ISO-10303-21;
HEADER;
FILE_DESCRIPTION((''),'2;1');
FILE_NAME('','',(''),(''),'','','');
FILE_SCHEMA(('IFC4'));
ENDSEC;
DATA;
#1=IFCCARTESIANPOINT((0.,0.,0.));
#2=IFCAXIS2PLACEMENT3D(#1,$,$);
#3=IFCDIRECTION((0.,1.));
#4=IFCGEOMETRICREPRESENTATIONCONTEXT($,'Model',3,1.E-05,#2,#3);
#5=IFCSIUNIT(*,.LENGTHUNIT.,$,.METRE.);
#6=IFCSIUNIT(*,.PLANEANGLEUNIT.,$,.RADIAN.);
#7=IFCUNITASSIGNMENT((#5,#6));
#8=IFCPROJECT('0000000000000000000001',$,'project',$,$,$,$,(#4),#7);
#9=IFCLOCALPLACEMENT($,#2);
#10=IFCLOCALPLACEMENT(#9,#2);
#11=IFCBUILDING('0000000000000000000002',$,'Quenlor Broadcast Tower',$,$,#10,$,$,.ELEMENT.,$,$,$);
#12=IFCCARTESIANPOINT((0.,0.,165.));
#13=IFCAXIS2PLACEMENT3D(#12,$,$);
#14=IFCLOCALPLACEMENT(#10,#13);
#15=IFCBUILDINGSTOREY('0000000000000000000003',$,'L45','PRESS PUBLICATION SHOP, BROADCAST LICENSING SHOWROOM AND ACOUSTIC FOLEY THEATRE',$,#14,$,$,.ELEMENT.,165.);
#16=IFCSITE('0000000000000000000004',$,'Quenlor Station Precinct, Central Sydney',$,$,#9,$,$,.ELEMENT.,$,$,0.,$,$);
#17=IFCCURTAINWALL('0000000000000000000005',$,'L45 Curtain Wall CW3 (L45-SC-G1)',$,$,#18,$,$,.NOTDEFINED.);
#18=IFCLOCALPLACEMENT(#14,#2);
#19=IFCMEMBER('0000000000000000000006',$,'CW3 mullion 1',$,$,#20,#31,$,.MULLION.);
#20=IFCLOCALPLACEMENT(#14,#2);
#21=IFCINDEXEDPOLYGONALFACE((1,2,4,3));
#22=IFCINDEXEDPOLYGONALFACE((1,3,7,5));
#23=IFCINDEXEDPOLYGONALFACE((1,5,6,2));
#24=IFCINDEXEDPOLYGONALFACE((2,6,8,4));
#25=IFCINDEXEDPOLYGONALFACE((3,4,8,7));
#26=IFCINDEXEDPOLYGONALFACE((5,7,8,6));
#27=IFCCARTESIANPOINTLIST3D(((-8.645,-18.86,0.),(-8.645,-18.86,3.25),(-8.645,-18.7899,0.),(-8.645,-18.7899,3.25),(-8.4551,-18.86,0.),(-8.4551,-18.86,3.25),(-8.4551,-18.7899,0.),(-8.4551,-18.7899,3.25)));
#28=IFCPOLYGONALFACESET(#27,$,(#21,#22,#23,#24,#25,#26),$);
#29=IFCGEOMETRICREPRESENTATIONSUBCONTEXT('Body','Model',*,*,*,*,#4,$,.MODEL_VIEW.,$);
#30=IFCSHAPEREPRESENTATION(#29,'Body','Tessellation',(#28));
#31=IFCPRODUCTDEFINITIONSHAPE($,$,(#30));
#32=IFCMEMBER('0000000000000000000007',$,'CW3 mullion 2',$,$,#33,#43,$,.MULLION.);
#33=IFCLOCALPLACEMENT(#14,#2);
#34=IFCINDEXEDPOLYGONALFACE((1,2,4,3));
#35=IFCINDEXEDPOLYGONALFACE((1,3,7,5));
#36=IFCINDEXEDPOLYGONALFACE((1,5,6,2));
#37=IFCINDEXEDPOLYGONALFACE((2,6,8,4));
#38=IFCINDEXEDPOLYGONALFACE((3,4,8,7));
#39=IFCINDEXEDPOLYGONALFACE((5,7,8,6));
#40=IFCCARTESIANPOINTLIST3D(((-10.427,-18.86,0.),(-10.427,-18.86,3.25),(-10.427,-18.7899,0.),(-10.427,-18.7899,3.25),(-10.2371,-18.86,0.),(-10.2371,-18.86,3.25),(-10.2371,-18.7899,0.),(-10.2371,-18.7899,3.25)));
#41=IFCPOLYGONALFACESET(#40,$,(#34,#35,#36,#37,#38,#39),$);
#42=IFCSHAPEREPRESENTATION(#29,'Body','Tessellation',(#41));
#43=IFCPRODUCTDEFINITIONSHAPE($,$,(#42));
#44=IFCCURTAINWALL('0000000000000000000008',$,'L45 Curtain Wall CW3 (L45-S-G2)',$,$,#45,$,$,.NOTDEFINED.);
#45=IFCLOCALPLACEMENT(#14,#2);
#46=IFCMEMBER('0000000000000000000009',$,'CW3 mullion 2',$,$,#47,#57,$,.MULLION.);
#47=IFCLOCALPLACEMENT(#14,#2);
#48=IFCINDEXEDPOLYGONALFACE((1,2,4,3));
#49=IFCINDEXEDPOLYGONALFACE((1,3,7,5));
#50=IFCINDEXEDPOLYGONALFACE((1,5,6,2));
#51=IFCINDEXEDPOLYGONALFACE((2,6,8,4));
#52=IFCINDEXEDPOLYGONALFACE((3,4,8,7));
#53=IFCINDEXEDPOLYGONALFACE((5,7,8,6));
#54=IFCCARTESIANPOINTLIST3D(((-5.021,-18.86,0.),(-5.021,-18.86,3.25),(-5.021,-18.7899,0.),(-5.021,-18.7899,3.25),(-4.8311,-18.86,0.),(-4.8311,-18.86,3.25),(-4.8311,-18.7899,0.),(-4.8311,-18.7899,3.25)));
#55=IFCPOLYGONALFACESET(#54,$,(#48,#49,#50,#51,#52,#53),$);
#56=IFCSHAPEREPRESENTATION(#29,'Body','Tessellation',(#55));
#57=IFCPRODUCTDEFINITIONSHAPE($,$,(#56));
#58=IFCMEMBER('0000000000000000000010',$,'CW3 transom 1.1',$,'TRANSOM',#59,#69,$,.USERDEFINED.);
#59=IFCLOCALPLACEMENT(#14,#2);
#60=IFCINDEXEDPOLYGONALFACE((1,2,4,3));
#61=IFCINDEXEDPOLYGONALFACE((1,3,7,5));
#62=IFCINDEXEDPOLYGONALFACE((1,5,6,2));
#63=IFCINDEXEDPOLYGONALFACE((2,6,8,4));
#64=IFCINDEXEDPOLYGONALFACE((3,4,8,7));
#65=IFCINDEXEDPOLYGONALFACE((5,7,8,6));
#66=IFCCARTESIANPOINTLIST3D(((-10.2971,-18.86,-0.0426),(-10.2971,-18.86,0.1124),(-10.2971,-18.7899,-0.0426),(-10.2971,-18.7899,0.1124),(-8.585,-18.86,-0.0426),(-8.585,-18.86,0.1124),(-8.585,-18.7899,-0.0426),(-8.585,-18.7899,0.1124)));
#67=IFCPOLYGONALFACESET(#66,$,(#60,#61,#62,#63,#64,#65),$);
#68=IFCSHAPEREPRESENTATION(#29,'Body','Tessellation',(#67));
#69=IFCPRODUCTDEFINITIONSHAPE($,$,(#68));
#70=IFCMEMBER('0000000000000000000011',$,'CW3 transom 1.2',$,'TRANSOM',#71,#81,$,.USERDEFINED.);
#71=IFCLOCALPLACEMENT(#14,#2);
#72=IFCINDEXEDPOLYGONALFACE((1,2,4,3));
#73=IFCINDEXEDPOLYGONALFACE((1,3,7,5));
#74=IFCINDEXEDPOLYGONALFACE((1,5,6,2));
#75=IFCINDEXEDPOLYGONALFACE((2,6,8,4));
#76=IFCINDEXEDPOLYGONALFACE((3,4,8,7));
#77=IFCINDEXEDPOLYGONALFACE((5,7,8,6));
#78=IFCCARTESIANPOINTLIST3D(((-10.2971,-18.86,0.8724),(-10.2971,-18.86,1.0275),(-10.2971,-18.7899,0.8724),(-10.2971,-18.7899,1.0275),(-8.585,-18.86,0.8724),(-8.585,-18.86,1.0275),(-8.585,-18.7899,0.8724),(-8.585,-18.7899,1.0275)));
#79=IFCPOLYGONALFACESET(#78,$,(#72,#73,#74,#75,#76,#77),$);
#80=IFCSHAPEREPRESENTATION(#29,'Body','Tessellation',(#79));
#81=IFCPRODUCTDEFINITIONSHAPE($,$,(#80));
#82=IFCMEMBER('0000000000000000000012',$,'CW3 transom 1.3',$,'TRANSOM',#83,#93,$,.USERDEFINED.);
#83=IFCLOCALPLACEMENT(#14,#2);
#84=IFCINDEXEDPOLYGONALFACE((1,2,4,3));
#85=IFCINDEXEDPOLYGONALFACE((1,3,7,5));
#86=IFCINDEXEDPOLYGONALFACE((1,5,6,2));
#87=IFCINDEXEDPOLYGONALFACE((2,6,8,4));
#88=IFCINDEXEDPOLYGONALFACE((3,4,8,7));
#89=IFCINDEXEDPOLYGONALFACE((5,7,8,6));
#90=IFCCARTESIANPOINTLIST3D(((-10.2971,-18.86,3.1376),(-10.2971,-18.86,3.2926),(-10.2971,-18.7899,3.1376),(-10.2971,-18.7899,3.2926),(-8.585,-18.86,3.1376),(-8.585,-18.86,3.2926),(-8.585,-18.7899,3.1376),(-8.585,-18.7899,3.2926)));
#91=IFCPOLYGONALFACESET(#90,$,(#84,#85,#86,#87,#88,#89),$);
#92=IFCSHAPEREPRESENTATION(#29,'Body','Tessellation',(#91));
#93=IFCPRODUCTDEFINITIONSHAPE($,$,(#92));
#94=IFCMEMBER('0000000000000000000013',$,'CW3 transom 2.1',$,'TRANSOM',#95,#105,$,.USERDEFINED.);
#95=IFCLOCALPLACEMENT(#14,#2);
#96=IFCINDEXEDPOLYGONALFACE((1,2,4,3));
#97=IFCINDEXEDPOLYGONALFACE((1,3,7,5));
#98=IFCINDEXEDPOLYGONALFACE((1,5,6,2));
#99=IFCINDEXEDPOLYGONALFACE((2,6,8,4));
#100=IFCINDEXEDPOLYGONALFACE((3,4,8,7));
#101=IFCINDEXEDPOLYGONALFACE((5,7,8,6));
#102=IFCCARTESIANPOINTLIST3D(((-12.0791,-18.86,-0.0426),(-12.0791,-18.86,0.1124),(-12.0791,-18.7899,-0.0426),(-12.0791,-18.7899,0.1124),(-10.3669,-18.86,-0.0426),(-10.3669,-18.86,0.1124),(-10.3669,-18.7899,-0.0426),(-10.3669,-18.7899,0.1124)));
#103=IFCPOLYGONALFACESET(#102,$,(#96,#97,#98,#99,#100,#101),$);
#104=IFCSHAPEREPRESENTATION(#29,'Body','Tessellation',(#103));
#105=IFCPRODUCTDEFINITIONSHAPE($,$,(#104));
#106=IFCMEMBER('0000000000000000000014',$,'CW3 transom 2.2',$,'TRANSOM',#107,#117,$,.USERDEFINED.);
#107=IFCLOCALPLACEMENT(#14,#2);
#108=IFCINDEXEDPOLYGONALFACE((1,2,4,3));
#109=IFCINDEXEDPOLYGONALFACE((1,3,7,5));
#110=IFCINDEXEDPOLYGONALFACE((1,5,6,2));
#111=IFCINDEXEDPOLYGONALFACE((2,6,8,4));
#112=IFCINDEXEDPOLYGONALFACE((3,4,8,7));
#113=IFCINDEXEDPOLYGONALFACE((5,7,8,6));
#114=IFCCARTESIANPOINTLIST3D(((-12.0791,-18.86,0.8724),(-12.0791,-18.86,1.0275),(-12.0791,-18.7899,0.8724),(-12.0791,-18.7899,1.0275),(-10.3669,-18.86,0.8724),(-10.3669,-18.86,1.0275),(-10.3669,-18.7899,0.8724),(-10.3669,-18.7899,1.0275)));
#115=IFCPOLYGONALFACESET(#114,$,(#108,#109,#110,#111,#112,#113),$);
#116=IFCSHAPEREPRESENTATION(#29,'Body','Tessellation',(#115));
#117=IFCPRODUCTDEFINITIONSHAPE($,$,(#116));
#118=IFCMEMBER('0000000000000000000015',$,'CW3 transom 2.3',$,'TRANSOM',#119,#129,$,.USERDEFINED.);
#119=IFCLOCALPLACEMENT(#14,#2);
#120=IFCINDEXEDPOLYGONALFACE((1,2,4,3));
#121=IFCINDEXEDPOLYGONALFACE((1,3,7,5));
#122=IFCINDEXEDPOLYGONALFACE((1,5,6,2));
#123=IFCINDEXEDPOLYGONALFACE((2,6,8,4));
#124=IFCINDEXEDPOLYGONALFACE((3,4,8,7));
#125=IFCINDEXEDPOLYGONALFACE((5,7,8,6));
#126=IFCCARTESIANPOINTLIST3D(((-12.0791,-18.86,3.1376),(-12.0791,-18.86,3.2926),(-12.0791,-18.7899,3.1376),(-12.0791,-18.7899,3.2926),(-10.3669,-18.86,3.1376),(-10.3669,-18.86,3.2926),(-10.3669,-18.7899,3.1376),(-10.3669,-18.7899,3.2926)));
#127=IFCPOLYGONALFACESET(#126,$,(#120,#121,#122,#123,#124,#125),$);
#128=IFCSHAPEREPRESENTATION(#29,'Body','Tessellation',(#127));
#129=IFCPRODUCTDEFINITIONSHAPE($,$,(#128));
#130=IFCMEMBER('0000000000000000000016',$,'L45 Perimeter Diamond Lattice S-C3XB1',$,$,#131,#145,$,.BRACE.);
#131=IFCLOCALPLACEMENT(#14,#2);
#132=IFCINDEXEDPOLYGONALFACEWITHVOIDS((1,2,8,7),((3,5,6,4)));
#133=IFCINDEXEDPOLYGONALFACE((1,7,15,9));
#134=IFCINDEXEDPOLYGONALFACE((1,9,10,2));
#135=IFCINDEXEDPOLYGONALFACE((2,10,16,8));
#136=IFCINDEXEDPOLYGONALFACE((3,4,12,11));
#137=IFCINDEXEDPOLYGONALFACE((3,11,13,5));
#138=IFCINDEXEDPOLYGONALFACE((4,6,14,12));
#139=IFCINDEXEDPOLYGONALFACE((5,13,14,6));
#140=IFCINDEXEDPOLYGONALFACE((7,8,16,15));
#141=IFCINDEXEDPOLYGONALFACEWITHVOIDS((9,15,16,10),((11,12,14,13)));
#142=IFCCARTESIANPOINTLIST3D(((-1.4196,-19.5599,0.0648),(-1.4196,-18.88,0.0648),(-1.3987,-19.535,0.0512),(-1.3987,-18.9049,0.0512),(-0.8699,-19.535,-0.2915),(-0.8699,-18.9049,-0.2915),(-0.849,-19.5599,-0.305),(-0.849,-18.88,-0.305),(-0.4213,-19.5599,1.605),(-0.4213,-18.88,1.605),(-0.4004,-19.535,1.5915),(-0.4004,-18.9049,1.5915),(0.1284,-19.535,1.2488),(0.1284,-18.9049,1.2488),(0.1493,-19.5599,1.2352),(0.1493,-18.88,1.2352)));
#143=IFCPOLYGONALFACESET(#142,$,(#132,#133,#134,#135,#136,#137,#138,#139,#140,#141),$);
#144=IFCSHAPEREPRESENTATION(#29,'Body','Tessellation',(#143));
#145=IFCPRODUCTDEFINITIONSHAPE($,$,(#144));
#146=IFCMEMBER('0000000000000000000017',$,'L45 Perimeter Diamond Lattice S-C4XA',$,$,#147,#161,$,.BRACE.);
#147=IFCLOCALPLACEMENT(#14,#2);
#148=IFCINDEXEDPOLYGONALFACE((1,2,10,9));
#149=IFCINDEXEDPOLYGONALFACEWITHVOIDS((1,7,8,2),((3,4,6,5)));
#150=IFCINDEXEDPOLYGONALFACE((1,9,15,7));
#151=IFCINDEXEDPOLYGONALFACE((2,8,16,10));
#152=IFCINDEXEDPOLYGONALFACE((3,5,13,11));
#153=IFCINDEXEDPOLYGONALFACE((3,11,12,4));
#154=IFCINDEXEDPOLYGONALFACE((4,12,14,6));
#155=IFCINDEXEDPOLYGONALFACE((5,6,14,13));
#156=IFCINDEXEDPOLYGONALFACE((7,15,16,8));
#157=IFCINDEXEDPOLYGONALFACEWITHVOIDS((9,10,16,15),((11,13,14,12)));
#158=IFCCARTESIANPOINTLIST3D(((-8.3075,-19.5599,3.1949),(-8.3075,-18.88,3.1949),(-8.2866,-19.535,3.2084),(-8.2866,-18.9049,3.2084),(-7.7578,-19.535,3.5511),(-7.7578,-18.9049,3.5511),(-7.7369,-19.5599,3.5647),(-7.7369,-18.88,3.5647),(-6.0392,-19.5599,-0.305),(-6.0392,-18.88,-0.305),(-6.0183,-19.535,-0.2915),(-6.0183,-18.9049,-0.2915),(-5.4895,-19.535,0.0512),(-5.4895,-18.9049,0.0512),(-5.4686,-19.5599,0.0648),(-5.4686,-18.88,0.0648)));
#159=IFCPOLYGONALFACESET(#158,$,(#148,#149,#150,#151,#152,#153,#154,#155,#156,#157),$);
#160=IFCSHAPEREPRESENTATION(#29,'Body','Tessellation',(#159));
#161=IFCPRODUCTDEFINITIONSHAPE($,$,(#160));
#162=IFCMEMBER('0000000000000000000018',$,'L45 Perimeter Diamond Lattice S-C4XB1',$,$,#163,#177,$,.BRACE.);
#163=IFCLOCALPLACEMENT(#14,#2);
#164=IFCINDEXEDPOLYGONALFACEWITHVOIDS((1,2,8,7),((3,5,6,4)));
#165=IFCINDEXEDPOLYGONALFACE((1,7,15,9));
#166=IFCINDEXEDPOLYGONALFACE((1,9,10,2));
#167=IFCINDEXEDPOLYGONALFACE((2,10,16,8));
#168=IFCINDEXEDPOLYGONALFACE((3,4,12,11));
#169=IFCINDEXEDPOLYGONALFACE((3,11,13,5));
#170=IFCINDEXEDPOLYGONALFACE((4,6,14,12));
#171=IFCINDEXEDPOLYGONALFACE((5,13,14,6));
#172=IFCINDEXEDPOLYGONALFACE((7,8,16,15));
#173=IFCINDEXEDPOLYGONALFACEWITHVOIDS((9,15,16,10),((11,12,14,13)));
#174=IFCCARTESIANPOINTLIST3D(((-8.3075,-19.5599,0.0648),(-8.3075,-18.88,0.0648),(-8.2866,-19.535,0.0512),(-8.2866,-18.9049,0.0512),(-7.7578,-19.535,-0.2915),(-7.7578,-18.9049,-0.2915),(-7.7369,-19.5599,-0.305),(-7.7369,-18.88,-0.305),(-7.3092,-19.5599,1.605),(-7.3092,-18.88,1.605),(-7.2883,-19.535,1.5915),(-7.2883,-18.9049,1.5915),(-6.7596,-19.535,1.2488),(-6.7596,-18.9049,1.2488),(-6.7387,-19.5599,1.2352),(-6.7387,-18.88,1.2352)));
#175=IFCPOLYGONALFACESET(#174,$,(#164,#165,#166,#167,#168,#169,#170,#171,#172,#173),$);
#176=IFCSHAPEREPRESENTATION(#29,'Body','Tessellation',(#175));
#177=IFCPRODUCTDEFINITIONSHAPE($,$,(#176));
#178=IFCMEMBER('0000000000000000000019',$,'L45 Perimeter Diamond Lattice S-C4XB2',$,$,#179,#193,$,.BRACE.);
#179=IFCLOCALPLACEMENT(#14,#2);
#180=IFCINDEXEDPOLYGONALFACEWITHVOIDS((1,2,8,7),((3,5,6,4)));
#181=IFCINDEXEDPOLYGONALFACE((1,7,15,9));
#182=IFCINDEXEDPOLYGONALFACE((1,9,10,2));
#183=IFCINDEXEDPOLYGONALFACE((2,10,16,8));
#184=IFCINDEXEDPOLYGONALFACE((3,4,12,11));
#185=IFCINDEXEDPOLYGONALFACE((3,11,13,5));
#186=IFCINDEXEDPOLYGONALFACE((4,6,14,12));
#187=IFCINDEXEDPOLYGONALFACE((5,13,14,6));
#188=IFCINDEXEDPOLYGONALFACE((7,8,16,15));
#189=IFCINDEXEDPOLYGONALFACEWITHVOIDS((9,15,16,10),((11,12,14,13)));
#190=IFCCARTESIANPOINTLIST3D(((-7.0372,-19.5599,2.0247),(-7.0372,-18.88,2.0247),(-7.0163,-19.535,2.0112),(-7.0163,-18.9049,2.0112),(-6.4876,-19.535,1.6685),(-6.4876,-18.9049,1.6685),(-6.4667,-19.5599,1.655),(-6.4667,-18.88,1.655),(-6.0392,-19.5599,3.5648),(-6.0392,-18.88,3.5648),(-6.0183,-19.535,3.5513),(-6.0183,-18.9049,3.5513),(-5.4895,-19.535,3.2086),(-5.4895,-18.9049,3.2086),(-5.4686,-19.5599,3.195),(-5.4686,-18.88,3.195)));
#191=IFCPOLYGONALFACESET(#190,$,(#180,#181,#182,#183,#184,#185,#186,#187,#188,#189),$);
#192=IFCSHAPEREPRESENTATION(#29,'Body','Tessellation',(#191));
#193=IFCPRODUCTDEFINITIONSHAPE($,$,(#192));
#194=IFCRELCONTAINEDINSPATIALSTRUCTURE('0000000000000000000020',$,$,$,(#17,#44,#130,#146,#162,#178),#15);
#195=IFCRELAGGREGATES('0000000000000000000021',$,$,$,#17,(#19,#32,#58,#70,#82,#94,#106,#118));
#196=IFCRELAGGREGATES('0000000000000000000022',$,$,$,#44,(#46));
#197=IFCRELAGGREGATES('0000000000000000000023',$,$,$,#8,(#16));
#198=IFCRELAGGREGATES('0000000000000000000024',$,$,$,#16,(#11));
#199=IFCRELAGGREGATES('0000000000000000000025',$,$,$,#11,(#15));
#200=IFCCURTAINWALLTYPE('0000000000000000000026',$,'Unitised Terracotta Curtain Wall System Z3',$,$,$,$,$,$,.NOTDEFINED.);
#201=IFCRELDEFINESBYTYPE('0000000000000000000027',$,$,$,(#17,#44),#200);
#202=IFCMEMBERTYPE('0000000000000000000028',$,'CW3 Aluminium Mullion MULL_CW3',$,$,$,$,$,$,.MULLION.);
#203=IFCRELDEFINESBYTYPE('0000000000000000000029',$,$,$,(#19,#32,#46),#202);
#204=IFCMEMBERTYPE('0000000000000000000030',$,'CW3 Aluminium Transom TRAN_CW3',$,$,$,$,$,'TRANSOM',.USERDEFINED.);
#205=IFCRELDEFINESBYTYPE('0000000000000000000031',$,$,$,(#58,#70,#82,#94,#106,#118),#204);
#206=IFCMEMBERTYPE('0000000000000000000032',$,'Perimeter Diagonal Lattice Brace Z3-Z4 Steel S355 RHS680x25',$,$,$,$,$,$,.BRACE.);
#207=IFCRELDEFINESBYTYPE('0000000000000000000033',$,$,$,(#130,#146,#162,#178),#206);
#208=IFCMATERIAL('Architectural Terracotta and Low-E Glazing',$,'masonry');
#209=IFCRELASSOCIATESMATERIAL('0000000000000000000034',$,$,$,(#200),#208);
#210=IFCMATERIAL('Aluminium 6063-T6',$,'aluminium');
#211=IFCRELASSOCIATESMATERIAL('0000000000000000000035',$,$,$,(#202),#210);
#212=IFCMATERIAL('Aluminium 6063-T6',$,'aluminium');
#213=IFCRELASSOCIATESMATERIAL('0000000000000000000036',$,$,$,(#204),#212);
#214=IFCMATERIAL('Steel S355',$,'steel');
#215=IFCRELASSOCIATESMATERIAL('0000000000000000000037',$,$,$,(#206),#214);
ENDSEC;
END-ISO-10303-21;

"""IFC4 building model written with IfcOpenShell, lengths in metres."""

from ifc_helpers import new_model, si_unit, direction, frame, origin, origin_2d, place, context, subcontext, project, spatial, rectangle, hollow_rectangle, extrude, material, material_profile, profile_set, type_object, element, aggregate, save


model = new_model("IFC4")

# Units and contexts
model_context = context("Model", 3, precision=1e-05, world=origin(), true_north=direction((0.0, 1.0)))
body_context = subcontext(model_context, "Body", "Model", "MODEL_VIEW")
ifc_project = project(units=[si_unit("LENGTHUNIT", "METRE"), si_unit("PLANEANGLEUNIT", "RADIAN")], contexts=[model_context])

# Site, building, storey
site_placement = place(None, origin())
site = spatial("IfcSite", under=ifc_project, at=site_placement, Name="Quenlor Station Precinct, Central Sydney", CompositionType="ELEMENT", RefElevation=0.0)
building_placement = place(site_placement, origin())
building = spatial("IfcBuilding", under=site, at=building_placement, Name="Quenlor Broadcast Tower", CompositionType="ELEMENT")
storey_placement = place(building_placement, frame((0.0, 0.0, 165.0)))
storey = spatial("IfcBuildingStorey", under=building, at=storey_placement, Name="L45", Description="PRESS PUBLICATION SHOP, BROADCAST LICENSING SHOWROOM AND ACOUSTIC FOLEY THEATRE", CompositionType="ELEMENT", Elevation=165.0)

# Curtain wall, members
ifc_material_1 = material(Name="Architectural Terracotta and Low-E Glazing", Category="masonry")
curtain_wall_type = type_object("IfcCurtainWallType", Name="Unitised Terracotta Curtain Wall System Z3", PredefinedType="NOTDEFINED", material=ifc_material_1)
curtain_wall_1_placement = place(storey_placement, origin())
curtain_wall_1 = element("IfcCurtainWall", 1, at=curtain_wall_1_placement, inside=storey, type_object=curtain_wall_type, Name="L45 Curtain Wall CW3 (L45-SC-G1)", PredefinedType="NOTDEFINED")
ifc_material_2 = material(Name="Aluminium 6063-T6", Category="aluminium")
ifc_material_profile_1 = material_profile(ifc_material_2, rectangle(XDim=0.0701, YDim=0.1899, at=origin_2d()))
ifc_profile_set_1 = profile_set([ifc_material_profile_1], Name="Aluminium 6063-T6 MULL70x190")
member_type_1 = type_object("IfcMemberType", Name="CW3 Aluminium Mullion MULL_CW3", PredefinedType="MULLION", material=ifc_profile_set_1)
member_1_placement = place(storey_placement, frame((-8.55, -18.825, 0.0), z_axis=(0.0, 0.0, 1.0), x_axis=(0.0, -1.0, 0.0)))
member_1 = element("IfcMember", 2, at=member_1_placement, type_object=member_type_1, Name="CW3 mullion 1", PredefinedType="MULLION", context=body_context, shape_type="SweptSolid", body=[
    extrude(rectangle(XDim=0.0701, YDim=0.1899, at=origin_2d()), origin(), (0.0, 0.0, 1.0), 3.25),
])
member_2_placement = place(storey_placement, frame((-10.332, -18.825, 0.0), z_axis=(0.0, 0.0, 1.0), x_axis=(0.0, -1.0, 0.0)))
member_2 = element("IfcMember", 3, at=member_2_placement, type_object=member_type_1, Name="CW3 mullion 2", PredefinedType="MULLION", context=body_context, shape_type="SweptSolid", body=[
    extrude(rectangle(XDim=0.0701, YDim=0.1899, at=origin_2d()), origin(), (0.0, 0.0, 1.0), 3.25),
])

# Curtain wall, member
curtain_wall_2_placement = place(storey_placement, origin())
curtain_wall_2 = element("IfcCurtainWall", 4, at=curtain_wall_2_placement, inside=storey, type_object=curtain_wall_type, Name="L45 Curtain Wall CW3 (L45-S-G2)", PredefinedType="NOTDEFINED")
member_3_placement = place(storey_placement, frame((-4.926, -18.825, 0.0), z_axis=(0.0, 0.0, 1.0), x_axis=(0.0, -1.0, 0.0)))
member_3 = element("IfcMember", 5, at=member_3_placement, type_object=member_type_1, Name="CW3 mullion 2", PredefinedType="MULLION", context=body_context, shape_type="SweptSolid", body=[
    extrude(rectangle(XDim=0.0701, YDim=0.1899, at=origin_2d()), origin(), (0.0, 0.0, 1.0), 3.25),
])

# Members
ifc_material_3 = material(Name="Aluminium 6063-T6", Category="aluminium")
ifc_material_profile_2 = material_profile(ifc_material_3, rectangle(XDim=0.0701, YDim=0.155, at=origin_2d()))
ifc_profile_set_2 = profile_set([ifc_material_profile_2], Name="Aluminium 6063-T6 TRAN70x155")
member_type_2 = type_object("IfcMemberType", Name="CW3 Aluminium Transom TRAN_CW3", ElementType="TRANSOM", PredefinedType="USERDEFINED", material=ifc_profile_set_2)
member_4_placement = place(storey_placement, frame((-8.585, -18.825, 0.0349), z_axis=(-1.0, 0.0, 0.0), x_axis=(0.0, -1.0, 0.0)))
member_4 = element("IfcMember", 6, at=member_4_placement, type_object=member_type_2, Name="CW3 transom 1.1", ObjectType="TRANSOM", PredefinedType="USERDEFINED", context=body_context, shape_type="SweptSolid", body=[
    extrude(rectangle(XDim=0.0701, YDim=0.155, at=origin_2d()), origin(), (0.0, 0.0, 1.0), 1.7122),
])
member_5_placement = place(storey_placement, frame((-8.585, -18.825, 0.95), z_axis=(-1.0, 0.0, 0.0), x_axis=(0.0, -1.0, 0.0)))
member_5 = element("IfcMember", 7, at=member_5_placement, type_object=member_type_2, Name="CW3 transom 1.2", ObjectType="TRANSOM", PredefinedType="USERDEFINED", context=body_context, shape_type="SweptSolid", body=[
    extrude(rectangle(XDim=0.0701, YDim=0.155, at=origin_2d()), origin(), (0.0, 0.0, 1.0), 1.7122),
])
member_6_placement = place(storey_placement, frame((-8.585, -18.825, 3.2151), z_axis=(-1.0, 0.0, 0.0), x_axis=(0.0, -1.0, 0.0)))
member_6 = element("IfcMember", 8, at=member_6_placement, type_object=member_type_2, Name="CW3 transom 1.3", ObjectType="TRANSOM", PredefinedType="USERDEFINED", context=body_context, shape_type="SweptSolid", body=[
    extrude(rectangle(XDim=0.0701, YDim=0.155, at=origin_2d()), origin(), (0.0, 0.0, 1.0), 1.7122),
])
member_7_placement = place(storey_placement, frame((-10.3669, -18.825, 0.0349), z_axis=(-1.0, 0.0, 0.0), x_axis=(0.0, -1.0, 0.0)))
member_7 = element("IfcMember", 9, at=member_7_placement, type_object=member_type_2, Name="CW3 transom 2.1", ObjectType="TRANSOM", PredefinedType="USERDEFINED", context=body_context, shape_type="SweptSolid", body=[
    extrude(rectangle(XDim=0.0701, YDim=0.155, at=origin_2d()), origin(), (0.0, 0.0, 1.0), 1.7122),
])
member_8_placement = place(storey_placement, frame((-10.3669, -18.825, 0.95), z_axis=(-1.0, 0.0, 0.0), x_axis=(0.0, -1.0, 0.0)))
member_8 = element("IfcMember", 10, at=member_8_placement, type_object=member_type_2, Name="CW3 transom 2.2", ObjectType="TRANSOM", PredefinedType="USERDEFINED", context=body_context, shape_type="SweptSolid", body=[
    extrude(rectangle(XDim=0.0701, YDim=0.155, at=origin_2d()), origin(), (0.0, 0.0, 1.0), 1.7122),
])
member_9_placement = place(storey_placement, frame((-10.3669, -18.825, 3.2151), z_axis=(-1.0, 0.0, 0.0), x_axis=(0.0, -1.0, 0.0)))
member_9 = element("IfcMember", 11, at=member_9_placement, type_object=member_type_2, Name="CW3 transom 2.3", ObjectType="TRANSOM", PredefinedType="USERDEFINED", context=body_context, shape_type="SweptSolid", body=[
    extrude(rectangle(XDim=0.0701, YDim=0.155, at=origin_2d()), origin(), (0.0, 0.0, 1.0), 1.7122),
])

# Members
ifc_material_4 = material(Name="Steel S355", Category="steel")
ifc_material_profile_3 = material_profile(ifc_material_4, hollow_rectangle(XDim=0.6799, YDim=0.6799, WallThickness=0.0249, at=origin_2d()))
ifc_profile_set_3 = profile_set([ifc_material_profile_3], Name="Steel S355 RHS680x680x25")
member_type_3 = type_object("IfcMemberType", Name="Perimeter Diagonal Lattice Brace Z3-Z4 Steel S355 RHS680x25", PredefinedType="BRACE", material=ifc_profile_set_3)
member_10_placement = place(storey_placement, frame((-1.1343, -19.22, -0.1201), z_axis=(0.54388, 0.0, 0.839163), x_axis=(0.0, 1.0, 0.0)))
element("IfcMember", 12, at=member_10_placement, inside=storey, type_object=member_type_3, Name="L45 Perimeter Diamond Lattice S-C3XB1", PredefinedType="BRACE", context=body_context, shape_type="SweptSolid", body=[
    extrude(hollow_rectangle(XDim=0.6799, YDim=0.6799, WallThickness=0.0249, at=origin_2d()), origin(), (0.0, 0.0, 1.0), 1.8354),
])
member_11_placement = place(storey_placement, frame((-5.7539, -19.22, -0.1201), z_axis=(-0.54386, 0.0, 0.839176), x_axis=(0.0, -1.0, 0.0)))
element("IfcMember", 13, at=member_11_placement, inside=storey, type_object=member_type_3, Name="L45 Perimeter Diamond Lattice S-C4XA", PredefinedType="BRACE", context=body_context, shape_type="SweptSolid", body=[
    extrude(hollow_rectangle(XDim=0.6799, YDim=0.6799, WallThickness=0.0249, at=origin_2d()), origin(), (0.0, 0.0, 1.0), 4.1707),
])
member_12_placement = place(storey_placement, frame((-8.0222, -19.22, -0.1201), z_axis=(0.54388, 0.0, 0.839163), x_axis=(0.0, 1.0, 0.0)))
element("IfcMember", 14, at=member_12_placement, inside=storey, type_object=member_type_3, Name="L45 Perimeter Diamond Lattice S-C4XB1", PredefinedType="BRACE", context=body_context, shape_type="SweptSolid", body=[
    extrude(hollow_rectangle(XDim=0.6799, YDim=0.6799, WallThickness=0.0249, at=origin_2d()), origin(), (0.0, 0.0, 1.0), 1.8354),
])
member_13_placement = place(storey_placement, frame((-6.752, -19.22, 1.8398), z_axis=(0.543847, 0.0, 0.839184), x_axis=(0.0, 1.0, 0.0)))
element("IfcMember", 15, at=member_13_placement, inside=storey, type_object=member_type_3, Name="L45 Perimeter Diamond Lattice S-C4XB2", PredefinedType="BRACE", context=body_context, shape_type="SweptSolid", body=[
    extrude(hollow_rectangle(XDim=0.6799, YDim=0.6799, WallThickness=0.0249, at=origin_2d()), origin(), (0.0, 0.0, 1.0), 1.8352),
])

aggregate(curtain_wall_1, [member_1, member_2, member_4, member_5, member_6, member_7, member_8, member_9])
aggregate(curtain_wall_2, [member_3])

save(model, "model.ifc")
